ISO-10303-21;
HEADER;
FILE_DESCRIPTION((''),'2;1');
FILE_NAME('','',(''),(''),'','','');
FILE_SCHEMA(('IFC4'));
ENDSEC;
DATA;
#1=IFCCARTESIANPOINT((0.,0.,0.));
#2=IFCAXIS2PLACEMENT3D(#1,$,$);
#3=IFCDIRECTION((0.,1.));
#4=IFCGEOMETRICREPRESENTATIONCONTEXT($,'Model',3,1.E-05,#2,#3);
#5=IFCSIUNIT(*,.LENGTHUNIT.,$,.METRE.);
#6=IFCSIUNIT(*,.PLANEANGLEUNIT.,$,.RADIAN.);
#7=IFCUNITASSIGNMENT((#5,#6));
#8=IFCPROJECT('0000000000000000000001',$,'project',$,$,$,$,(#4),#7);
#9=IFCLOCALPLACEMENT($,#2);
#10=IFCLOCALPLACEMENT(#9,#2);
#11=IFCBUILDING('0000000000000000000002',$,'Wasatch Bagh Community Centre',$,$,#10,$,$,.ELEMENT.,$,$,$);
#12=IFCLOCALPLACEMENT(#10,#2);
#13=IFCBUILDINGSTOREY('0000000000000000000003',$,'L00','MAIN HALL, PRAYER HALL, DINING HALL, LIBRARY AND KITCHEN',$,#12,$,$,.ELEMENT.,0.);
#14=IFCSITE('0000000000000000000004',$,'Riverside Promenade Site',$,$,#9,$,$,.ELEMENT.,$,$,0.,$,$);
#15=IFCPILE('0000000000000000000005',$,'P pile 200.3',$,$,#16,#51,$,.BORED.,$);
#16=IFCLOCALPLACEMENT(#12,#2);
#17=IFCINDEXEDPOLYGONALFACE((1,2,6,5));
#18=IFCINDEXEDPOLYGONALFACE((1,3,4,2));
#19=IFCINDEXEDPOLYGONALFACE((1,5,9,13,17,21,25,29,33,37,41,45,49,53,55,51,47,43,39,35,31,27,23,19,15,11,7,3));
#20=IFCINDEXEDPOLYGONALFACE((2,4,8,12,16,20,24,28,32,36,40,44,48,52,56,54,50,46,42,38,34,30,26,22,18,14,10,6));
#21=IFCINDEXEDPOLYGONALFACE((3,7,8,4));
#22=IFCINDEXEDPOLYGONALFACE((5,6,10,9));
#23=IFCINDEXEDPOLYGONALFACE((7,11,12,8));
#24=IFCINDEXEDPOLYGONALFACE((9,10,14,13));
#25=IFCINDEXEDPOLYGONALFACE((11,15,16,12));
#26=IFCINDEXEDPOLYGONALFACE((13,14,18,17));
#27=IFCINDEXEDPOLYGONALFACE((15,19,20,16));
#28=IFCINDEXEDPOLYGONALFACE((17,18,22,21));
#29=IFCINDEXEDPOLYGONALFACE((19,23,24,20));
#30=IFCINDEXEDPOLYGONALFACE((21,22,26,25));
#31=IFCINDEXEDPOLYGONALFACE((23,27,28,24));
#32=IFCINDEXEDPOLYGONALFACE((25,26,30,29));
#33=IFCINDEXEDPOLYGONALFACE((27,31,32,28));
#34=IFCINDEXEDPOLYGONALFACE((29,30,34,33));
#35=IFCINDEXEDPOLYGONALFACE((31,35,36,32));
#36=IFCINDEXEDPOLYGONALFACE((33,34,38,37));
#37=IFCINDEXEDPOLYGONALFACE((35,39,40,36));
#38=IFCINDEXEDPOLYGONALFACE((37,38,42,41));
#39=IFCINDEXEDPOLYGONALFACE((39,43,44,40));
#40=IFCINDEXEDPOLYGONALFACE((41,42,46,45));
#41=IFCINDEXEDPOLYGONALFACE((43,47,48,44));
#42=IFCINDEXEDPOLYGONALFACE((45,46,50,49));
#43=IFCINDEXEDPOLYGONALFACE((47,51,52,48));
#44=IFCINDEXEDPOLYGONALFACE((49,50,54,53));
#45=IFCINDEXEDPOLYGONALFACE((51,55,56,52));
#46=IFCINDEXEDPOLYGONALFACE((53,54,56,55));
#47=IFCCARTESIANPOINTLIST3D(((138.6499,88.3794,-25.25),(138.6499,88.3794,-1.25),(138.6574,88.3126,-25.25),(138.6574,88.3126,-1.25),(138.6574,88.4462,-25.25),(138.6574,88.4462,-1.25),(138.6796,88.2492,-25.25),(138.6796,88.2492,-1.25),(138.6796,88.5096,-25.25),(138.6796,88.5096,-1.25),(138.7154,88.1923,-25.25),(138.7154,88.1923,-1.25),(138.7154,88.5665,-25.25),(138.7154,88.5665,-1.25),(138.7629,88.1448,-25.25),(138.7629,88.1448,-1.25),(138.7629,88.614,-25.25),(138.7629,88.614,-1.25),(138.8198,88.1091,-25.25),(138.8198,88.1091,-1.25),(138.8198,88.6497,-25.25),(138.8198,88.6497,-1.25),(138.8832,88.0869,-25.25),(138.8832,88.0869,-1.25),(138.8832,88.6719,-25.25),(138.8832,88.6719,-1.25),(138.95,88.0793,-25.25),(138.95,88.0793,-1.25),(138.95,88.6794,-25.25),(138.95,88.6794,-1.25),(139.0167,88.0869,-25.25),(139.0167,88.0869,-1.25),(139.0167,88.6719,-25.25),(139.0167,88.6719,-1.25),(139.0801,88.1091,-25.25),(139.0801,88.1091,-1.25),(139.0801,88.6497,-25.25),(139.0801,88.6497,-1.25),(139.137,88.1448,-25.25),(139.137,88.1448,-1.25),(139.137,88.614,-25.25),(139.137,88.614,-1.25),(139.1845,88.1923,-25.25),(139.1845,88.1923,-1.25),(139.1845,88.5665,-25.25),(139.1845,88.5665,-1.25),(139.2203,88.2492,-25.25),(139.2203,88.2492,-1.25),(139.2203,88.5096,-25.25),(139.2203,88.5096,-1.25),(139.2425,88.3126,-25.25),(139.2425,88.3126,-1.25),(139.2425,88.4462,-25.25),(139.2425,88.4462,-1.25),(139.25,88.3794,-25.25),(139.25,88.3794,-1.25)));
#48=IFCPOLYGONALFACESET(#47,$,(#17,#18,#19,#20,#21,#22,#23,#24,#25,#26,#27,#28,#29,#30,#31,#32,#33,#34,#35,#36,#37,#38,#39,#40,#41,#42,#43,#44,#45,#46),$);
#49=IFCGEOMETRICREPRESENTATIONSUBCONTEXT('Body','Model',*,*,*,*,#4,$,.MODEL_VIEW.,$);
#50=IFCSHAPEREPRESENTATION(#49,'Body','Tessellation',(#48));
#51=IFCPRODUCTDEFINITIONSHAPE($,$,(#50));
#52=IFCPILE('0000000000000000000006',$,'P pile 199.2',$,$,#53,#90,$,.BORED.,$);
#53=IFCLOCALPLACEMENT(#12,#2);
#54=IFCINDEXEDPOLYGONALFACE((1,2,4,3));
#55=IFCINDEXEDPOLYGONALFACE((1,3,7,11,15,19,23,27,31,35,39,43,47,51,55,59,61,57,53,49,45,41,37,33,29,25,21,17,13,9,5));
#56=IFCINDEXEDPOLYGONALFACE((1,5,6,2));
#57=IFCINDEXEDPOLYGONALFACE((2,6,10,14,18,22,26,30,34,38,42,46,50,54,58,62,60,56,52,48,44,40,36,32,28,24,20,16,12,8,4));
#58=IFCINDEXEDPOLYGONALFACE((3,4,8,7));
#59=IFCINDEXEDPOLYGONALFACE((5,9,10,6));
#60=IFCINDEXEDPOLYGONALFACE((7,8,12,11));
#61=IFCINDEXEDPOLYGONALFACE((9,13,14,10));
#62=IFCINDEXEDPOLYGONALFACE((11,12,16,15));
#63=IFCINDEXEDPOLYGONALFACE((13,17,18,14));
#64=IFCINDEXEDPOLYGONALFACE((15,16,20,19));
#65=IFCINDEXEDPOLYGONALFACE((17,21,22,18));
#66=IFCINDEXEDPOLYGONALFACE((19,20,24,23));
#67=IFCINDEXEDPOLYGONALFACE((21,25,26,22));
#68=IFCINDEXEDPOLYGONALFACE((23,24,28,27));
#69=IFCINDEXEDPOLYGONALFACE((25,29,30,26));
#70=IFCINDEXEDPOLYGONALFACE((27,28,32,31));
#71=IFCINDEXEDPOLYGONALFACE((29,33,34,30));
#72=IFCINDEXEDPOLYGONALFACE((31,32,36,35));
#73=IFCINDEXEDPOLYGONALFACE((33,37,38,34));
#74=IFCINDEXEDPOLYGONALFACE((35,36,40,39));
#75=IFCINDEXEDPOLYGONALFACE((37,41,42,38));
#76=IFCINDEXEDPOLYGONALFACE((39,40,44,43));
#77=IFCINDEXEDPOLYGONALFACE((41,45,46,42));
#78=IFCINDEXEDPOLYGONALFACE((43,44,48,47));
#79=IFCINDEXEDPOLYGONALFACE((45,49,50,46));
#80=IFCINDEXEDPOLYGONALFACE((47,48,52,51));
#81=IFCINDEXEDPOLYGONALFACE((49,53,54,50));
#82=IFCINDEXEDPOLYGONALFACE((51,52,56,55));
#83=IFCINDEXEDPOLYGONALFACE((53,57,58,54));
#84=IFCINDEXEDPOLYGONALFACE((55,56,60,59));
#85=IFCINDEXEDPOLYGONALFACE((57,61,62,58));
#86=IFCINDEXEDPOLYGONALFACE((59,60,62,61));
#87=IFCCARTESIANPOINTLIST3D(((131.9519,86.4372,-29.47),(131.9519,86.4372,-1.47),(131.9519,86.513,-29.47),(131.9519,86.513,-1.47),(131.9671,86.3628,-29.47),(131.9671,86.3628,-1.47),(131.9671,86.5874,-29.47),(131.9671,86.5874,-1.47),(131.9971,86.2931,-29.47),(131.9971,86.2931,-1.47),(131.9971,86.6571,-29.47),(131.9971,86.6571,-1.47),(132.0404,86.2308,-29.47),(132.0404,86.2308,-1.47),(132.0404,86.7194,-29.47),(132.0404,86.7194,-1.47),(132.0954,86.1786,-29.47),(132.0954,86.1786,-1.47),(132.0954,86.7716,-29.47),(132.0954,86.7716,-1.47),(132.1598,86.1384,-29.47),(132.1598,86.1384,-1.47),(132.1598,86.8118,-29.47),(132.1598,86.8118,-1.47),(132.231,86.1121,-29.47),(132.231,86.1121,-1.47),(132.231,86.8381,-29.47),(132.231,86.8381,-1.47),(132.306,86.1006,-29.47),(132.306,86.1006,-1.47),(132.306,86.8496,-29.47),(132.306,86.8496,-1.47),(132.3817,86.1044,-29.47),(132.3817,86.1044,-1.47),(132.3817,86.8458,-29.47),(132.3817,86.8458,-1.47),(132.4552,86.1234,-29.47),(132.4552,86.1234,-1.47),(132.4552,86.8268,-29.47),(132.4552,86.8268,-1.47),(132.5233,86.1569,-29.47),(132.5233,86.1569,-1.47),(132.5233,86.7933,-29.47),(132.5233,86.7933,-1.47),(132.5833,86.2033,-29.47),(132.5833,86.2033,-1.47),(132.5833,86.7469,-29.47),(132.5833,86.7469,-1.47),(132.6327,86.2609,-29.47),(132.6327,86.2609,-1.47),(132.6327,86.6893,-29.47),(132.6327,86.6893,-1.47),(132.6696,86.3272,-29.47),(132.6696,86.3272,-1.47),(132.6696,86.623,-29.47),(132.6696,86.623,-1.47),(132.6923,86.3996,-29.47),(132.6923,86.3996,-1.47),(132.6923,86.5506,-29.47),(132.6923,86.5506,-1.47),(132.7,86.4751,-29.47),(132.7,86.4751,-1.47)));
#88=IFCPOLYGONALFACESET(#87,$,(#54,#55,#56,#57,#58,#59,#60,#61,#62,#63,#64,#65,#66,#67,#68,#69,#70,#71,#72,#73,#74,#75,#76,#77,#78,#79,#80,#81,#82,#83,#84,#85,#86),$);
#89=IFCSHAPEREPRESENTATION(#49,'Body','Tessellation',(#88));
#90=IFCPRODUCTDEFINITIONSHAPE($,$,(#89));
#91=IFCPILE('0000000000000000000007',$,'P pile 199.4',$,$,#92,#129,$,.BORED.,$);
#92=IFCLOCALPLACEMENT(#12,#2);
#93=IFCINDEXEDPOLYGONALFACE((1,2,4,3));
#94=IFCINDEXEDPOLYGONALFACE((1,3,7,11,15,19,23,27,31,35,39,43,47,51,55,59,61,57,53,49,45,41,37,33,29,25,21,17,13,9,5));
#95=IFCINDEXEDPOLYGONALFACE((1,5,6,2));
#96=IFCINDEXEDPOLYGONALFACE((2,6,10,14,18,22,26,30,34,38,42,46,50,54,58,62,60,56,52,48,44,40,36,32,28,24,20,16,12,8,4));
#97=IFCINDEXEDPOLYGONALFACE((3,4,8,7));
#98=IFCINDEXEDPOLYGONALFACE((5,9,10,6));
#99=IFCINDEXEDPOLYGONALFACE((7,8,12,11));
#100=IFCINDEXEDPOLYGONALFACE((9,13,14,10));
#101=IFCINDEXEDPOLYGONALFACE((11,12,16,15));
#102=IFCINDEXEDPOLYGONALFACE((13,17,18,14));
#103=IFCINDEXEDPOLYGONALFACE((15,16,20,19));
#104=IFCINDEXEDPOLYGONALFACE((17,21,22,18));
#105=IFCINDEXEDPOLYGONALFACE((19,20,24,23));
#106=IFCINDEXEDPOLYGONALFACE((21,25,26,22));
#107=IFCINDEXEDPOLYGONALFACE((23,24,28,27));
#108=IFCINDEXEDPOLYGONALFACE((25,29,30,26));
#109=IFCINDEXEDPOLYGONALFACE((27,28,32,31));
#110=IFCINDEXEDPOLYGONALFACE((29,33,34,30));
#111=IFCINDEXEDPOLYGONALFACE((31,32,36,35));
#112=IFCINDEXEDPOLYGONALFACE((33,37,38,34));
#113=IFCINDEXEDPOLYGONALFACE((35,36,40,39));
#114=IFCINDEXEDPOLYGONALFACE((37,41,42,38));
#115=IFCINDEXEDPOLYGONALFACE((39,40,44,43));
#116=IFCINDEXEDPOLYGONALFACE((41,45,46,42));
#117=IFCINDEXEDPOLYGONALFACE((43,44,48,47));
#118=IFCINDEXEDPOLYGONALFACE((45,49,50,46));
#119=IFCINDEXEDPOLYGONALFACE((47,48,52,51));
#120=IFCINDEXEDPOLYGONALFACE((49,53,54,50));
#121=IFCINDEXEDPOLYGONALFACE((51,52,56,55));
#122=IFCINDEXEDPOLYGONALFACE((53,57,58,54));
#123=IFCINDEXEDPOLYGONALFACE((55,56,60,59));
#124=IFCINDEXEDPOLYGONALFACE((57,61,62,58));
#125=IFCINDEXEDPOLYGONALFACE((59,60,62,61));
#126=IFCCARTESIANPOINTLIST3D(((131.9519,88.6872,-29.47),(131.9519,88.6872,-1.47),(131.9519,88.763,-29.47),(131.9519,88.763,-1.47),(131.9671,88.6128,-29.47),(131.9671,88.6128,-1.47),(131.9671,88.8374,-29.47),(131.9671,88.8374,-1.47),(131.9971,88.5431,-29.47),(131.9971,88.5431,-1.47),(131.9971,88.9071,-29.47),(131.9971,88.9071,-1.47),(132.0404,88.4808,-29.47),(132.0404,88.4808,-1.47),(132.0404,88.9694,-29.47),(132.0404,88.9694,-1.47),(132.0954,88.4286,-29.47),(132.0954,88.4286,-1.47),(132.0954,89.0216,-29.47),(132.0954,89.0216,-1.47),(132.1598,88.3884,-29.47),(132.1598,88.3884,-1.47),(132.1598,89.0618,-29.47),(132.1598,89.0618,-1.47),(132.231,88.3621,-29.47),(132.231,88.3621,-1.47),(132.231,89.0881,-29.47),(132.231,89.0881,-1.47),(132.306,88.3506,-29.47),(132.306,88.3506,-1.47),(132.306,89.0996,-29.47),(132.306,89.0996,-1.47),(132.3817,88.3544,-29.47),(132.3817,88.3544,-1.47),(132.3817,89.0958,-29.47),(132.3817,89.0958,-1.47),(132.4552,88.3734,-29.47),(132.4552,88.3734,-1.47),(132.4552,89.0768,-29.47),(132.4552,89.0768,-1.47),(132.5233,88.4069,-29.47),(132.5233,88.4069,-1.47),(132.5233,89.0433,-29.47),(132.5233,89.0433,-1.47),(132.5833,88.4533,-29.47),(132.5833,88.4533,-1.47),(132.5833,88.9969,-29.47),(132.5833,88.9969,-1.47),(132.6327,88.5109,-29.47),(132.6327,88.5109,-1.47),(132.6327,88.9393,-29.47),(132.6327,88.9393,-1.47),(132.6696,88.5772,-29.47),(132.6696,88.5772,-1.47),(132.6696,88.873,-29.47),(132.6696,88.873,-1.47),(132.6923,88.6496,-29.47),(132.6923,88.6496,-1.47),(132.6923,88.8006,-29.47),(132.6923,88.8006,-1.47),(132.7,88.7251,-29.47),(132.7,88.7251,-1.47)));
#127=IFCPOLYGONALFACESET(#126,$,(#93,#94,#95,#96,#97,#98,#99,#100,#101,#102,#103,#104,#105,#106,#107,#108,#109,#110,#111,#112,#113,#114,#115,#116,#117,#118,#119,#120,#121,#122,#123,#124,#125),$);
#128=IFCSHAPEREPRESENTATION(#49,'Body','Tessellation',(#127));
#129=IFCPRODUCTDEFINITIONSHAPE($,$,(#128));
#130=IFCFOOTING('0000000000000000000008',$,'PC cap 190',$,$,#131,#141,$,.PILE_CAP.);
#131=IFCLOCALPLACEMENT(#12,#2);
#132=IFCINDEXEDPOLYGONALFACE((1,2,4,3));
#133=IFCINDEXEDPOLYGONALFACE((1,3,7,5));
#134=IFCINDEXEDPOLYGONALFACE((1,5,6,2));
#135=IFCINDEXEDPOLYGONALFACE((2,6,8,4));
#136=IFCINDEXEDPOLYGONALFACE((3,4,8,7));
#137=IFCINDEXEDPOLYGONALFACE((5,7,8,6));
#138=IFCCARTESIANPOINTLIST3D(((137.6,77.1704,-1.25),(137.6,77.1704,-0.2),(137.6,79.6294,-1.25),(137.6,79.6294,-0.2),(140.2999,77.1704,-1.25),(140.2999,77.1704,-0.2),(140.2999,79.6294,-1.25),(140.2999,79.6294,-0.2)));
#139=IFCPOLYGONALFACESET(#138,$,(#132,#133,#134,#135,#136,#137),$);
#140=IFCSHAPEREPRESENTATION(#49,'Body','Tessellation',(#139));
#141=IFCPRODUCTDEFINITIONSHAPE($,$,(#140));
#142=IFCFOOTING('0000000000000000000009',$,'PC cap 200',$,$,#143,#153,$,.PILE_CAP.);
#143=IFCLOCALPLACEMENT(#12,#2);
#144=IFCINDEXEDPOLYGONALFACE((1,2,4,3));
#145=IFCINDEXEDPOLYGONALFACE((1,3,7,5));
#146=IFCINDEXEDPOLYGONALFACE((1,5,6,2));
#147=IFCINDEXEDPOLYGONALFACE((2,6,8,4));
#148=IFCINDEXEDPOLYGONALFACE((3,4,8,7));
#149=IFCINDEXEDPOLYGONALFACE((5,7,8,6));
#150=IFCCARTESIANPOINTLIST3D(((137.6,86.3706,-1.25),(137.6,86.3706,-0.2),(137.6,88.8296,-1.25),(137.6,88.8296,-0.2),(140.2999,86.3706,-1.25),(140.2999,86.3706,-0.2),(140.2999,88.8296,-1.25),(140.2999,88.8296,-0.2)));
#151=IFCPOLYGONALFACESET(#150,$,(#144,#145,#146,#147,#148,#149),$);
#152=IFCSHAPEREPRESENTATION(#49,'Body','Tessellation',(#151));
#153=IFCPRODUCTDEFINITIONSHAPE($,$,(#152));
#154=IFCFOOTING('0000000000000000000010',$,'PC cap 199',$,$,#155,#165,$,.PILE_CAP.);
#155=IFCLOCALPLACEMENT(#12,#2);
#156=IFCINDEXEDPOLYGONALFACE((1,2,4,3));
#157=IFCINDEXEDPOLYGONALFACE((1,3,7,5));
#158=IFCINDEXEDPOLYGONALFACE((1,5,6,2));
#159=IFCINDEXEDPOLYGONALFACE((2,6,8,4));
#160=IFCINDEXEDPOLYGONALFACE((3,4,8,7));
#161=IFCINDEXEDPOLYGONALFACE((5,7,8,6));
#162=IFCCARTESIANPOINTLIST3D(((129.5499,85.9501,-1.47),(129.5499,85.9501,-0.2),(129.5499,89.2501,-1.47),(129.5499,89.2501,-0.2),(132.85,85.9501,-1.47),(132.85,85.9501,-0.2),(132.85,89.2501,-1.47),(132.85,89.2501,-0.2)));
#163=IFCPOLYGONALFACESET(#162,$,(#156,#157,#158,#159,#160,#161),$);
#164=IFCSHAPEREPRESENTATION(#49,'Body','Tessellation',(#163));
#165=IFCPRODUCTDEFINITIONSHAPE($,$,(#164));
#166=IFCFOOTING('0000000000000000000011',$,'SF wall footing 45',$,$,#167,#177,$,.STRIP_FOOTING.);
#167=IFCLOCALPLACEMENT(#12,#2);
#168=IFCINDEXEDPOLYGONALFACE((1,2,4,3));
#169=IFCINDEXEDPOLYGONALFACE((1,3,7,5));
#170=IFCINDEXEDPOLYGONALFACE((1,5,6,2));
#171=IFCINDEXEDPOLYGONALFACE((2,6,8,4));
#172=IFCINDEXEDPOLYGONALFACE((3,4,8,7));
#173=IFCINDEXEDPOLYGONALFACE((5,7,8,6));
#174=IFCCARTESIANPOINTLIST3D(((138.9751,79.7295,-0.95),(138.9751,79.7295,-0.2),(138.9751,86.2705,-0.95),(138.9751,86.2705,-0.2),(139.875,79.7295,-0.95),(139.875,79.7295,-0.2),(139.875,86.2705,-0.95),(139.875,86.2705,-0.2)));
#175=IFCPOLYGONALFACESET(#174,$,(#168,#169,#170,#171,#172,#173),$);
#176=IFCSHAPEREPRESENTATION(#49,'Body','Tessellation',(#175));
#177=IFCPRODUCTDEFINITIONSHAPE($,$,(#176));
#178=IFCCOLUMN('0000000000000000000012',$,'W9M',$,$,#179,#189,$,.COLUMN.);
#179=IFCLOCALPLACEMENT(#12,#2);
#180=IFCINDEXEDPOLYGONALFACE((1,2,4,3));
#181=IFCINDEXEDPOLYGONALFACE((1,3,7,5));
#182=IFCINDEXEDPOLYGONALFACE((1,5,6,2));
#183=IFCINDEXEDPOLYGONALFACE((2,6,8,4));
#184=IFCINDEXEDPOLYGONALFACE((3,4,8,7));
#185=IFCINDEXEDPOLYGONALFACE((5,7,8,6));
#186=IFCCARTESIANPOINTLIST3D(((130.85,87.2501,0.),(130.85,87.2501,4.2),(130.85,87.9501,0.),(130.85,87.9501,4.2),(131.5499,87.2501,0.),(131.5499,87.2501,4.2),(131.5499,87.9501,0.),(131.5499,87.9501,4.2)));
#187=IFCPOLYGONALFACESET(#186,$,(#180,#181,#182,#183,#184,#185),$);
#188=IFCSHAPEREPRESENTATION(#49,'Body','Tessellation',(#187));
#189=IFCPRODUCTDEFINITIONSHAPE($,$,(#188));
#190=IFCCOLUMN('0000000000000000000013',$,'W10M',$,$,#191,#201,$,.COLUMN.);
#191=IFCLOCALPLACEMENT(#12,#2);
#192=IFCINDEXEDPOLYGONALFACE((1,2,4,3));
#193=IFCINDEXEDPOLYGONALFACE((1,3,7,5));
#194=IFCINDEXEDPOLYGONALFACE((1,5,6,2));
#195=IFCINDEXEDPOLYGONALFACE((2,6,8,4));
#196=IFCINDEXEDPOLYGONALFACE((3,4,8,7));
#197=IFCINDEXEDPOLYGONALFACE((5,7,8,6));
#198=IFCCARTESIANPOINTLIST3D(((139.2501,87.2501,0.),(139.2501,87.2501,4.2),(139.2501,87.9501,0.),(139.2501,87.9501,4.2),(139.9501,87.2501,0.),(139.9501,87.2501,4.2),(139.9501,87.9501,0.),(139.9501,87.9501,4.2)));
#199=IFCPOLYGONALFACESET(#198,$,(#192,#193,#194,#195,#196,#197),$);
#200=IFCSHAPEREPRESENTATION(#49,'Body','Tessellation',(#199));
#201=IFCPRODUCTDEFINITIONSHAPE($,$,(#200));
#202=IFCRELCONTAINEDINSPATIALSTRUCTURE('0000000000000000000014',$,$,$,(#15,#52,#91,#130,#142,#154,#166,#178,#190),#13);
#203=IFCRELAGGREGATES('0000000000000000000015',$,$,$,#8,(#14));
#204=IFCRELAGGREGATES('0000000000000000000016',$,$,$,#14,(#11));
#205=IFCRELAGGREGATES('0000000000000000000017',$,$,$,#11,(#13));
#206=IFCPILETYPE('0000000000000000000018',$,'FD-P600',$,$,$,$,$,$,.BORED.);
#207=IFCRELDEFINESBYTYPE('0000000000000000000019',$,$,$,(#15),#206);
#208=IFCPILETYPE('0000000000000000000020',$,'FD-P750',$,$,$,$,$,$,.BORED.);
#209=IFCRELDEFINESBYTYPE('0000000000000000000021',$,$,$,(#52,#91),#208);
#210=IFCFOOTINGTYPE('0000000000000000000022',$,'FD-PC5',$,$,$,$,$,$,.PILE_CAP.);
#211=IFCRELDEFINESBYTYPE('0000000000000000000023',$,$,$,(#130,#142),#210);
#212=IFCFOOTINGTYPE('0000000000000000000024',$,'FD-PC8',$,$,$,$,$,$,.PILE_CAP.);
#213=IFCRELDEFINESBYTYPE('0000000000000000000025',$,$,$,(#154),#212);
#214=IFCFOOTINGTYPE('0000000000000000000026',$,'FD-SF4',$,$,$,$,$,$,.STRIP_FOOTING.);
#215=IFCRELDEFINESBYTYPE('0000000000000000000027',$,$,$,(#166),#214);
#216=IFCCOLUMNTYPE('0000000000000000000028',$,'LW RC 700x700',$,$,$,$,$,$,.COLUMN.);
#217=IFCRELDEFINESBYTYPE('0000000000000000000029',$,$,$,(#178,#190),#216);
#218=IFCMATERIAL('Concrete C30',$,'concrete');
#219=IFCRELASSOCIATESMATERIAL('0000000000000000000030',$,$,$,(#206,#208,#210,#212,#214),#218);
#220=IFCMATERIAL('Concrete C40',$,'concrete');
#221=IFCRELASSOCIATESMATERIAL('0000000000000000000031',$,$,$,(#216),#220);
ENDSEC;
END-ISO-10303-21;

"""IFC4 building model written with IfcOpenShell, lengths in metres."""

from ifc_helpers import new_model, si_unit, direction, frame, origin, origin_2d, place, context, subcontext, project, spatial, rectangle, circle, extrude, material, material_profile, profile_set, type_object, element, save


model = new_model("IFC4")

# Units and contexts
model_context = context("Model", 3, precision=1e-05, world=origin(), true_north=direction((0.0, 1.0)))
body_context = subcontext(model_context, "Body", "Model", "MODEL_VIEW")
ifc_project = project(units=[si_unit("LENGTHUNIT", "METRE"), si_unit("PLANEANGLEUNIT", "RADIAN")], contexts=[model_context])

# Site, building, storey
site_placement = place(None, origin())
site = spatial("IfcSite", under=ifc_project, at=site_placement, Name="Riverside Promenade Site", CompositionType="ELEMENT", RefElevation=0.0)
building_placement = place(site_placement, origin())
building = spatial("IfcBuilding", under=site, at=building_placement, Name="Wasatch Bagh Community Centre", CompositionType="ELEMENT")
storey_placement = place(building_placement, origin())
storey = spatial("IfcBuildingStorey", under=building, at=storey_placement, Name="L00", Description="MAIN HALL, PRAYER HALL, DINING HALL, LIBRARY AND KITCHEN", CompositionType="ELEMENT", Elevation=0.0)

# Piles
ifc_material_1 = material(Name="Concrete C30", Category="concrete")
ifc_material_profile_1 = material_profile(ifc_material_1, circle(Radius=0.3, at=origin_2d()), Name="RC D600")
ifc_profile_set_1 = profile_set([ifc_material_profile_1], Name="Concrete C30")
pile_type_1 = type_object("IfcPileType", Name="FD-P600", PredefinedType="BORED", material=ifc_profile_set_1)
for number, where, z_axis, x_axis, name in (
    (1, (138.95, 88.3794, -1.25), (0.0, 0.0, -1.0), (1.0, 0.0, 0.0), "P pile 200.3"),
):
    element("IfcPile", number, at=place(storey_placement, frame(where, z_axis=z_axis, x_axis=x_axis)), inside=storey, type_object=pile_type_1, Name=name, PredefinedType="BORED", context=body_context, shape_type="SweptSolid", body=[
        extrude(circle(Radius=0.3, at=origin_2d()), origin(), (0.0, 0.0, 1.0), 24.0),
    ])
ifc_material_profile_2 = material_profile(ifc_material_1, circle(Radius=0.375, at=origin_2d()), Name="RC D750")
ifc_profile_set_2 = profile_set([ifc_material_profile_2], Name="Concrete C30")
pile_type_2 = type_object("IfcPileType", Name="FD-P750", PredefinedType="BORED", material=ifc_profile_set_2)
for number, where, z_axis, x_axis, name in (
    (2, (132.325, 86.4751, -1.47), (0.0, 0.0, -1.0), (1.0, 0.0, 0.0), "P pile 199.2"),
    (3, (132.325, 88.7251, -1.47), (0.0, 0.0, -1.0), (1.0, 0.0, 0.0), "P pile 199.4"),
):
    element("IfcPile", number, at=place(storey_placement, frame(where, z_axis=z_axis, x_axis=x_axis)), inside=storey, type_object=pile_type_2, Name=name, PredefinedType="BORED", context=body_context, shape_type="SweptSolid", body=[
        extrude(circle(Radius=0.375, at=origin_2d()), origin(), (0.0, 0.0, 1.0), 28.0),
    ])

# Footings
footing_type_1 = type_object("IfcFootingType", Name="FD-PC5", PredefinedType="PILE_CAP", material=ifc_material_1)
for number, where, z_axis, x_axis, name in (
    (4, (138.95, 78.3999, -1.25), (0.0, 0.0, 1.0), (1.0, 0.0, 0.0), "PC cap 190"),
    (5, (138.95, 87.6001, -1.25), (0.0, 0.0, 1.0), (1.0, 0.0, 0.0), "PC cap 200"),
):
    element("IfcFooting", number, at=place(storey_placement, frame(where, z_axis=z_axis, x_axis=x_axis)), inside=storey, type_object=footing_type_1, Name=name, PredefinedType="PILE_CAP", context=body_context, shape_type="SweptSolid", body=[
        extrude(rectangle(XDim=2.7, YDim=2.459, at=origin_2d()), origin(), (0.0, 0.0, 1.0), 1.05),
    ])
footing_type_2 = type_object("IfcFootingType", Name="FD-PC8", PredefinedType="PILE_CAP", material=ifc_material_1)
footing_1_placement = place(storey_placement, frame((131.2, 87.6001, -1.47), z_axis=(0.0, 0.0, 1.0), x_axis=(1.0, 0.0, 0.0)))
element("IfcFooting", 6, at=footing_1_placement, inside=storey, type_object=footing_type_2, Name="PC cap 199", PredefinedType="PILE_CAP", context=body_context, shape_type="SweptSolid", body=[
    extrude(rectangle(XDim=3.3, YDim=3.3, at=origin_2d()), origin(), (0.0, 0.0, 1.0), 1.27),
])
footing_type_3 = type_object("IfcFootingType", Name="FD-SF4", PredefinedType="STRIP_FOOTING", material=ifc_material_1)
footing_2_placement = place(storey_placement, frame((139.425, 83.0, -0.95), z_axis=(0.0, 0.0, 1.0), x_axis=(0.0, -1.0, 0.0)))
element("IfcFooting", 7, at=footing_2_placement, inside=storey, type_object=footing_type_3, Name="SF wall footing 45", PredefinedType="STRIP_FOOTING", context=body_context, shape_type="SweptSolid", body=[
    extrude(rectangle(XDim=6.541, YDim=0.8999, at=origin_2d()), origin(), (0.0, 0.0, 1.0), 0.75),
])

# Columns
ifc_material_2 = material(Name="Concrete C40", Category="concrete")
ifc_material_profile_3 = material_profile(ifc_material_2, rectangle(XDim=0.7, YDim=0.7, at=origin_2d()), Name="RC 700x700")
ifc_profile_set_3 = profile_set([ifc_material_profile_3], Name="Concrete C40")
column_type = type_object("IfcColumnType", Name="LW RC 700x700", PredefinedType="COLUMN", material=ifc_profile_set_3)
for number, where, z_axis, x_axis, name in (
    (8, (131.2, 87.6001, 0.0), (0.0, 0.0, 1.0), (1.0, 0.0, 0.0), "W9M"),
    (9, (139.6001, 87.6001, 0.0), (0.0, 0.0, 1.0), (1.0, 0.0, 0.0), "W10M"),
):
    element("IfcColumn", number, at=place(storey_placement, frame(where, z_axis=z_axis, x_axis=x_axis)), inside=storey, type_object=column_type, Name=name, PredefinedType="COLUMN", context=body_context, shape_type="SweptSolid", body=[
        extrude(rectangle(XDim=0.7, YDim=0.7, at=origin_2d()), origin(), (0.0, 0.0, 1.0), 4.2),
    ])

save(model, "model.ifc")
